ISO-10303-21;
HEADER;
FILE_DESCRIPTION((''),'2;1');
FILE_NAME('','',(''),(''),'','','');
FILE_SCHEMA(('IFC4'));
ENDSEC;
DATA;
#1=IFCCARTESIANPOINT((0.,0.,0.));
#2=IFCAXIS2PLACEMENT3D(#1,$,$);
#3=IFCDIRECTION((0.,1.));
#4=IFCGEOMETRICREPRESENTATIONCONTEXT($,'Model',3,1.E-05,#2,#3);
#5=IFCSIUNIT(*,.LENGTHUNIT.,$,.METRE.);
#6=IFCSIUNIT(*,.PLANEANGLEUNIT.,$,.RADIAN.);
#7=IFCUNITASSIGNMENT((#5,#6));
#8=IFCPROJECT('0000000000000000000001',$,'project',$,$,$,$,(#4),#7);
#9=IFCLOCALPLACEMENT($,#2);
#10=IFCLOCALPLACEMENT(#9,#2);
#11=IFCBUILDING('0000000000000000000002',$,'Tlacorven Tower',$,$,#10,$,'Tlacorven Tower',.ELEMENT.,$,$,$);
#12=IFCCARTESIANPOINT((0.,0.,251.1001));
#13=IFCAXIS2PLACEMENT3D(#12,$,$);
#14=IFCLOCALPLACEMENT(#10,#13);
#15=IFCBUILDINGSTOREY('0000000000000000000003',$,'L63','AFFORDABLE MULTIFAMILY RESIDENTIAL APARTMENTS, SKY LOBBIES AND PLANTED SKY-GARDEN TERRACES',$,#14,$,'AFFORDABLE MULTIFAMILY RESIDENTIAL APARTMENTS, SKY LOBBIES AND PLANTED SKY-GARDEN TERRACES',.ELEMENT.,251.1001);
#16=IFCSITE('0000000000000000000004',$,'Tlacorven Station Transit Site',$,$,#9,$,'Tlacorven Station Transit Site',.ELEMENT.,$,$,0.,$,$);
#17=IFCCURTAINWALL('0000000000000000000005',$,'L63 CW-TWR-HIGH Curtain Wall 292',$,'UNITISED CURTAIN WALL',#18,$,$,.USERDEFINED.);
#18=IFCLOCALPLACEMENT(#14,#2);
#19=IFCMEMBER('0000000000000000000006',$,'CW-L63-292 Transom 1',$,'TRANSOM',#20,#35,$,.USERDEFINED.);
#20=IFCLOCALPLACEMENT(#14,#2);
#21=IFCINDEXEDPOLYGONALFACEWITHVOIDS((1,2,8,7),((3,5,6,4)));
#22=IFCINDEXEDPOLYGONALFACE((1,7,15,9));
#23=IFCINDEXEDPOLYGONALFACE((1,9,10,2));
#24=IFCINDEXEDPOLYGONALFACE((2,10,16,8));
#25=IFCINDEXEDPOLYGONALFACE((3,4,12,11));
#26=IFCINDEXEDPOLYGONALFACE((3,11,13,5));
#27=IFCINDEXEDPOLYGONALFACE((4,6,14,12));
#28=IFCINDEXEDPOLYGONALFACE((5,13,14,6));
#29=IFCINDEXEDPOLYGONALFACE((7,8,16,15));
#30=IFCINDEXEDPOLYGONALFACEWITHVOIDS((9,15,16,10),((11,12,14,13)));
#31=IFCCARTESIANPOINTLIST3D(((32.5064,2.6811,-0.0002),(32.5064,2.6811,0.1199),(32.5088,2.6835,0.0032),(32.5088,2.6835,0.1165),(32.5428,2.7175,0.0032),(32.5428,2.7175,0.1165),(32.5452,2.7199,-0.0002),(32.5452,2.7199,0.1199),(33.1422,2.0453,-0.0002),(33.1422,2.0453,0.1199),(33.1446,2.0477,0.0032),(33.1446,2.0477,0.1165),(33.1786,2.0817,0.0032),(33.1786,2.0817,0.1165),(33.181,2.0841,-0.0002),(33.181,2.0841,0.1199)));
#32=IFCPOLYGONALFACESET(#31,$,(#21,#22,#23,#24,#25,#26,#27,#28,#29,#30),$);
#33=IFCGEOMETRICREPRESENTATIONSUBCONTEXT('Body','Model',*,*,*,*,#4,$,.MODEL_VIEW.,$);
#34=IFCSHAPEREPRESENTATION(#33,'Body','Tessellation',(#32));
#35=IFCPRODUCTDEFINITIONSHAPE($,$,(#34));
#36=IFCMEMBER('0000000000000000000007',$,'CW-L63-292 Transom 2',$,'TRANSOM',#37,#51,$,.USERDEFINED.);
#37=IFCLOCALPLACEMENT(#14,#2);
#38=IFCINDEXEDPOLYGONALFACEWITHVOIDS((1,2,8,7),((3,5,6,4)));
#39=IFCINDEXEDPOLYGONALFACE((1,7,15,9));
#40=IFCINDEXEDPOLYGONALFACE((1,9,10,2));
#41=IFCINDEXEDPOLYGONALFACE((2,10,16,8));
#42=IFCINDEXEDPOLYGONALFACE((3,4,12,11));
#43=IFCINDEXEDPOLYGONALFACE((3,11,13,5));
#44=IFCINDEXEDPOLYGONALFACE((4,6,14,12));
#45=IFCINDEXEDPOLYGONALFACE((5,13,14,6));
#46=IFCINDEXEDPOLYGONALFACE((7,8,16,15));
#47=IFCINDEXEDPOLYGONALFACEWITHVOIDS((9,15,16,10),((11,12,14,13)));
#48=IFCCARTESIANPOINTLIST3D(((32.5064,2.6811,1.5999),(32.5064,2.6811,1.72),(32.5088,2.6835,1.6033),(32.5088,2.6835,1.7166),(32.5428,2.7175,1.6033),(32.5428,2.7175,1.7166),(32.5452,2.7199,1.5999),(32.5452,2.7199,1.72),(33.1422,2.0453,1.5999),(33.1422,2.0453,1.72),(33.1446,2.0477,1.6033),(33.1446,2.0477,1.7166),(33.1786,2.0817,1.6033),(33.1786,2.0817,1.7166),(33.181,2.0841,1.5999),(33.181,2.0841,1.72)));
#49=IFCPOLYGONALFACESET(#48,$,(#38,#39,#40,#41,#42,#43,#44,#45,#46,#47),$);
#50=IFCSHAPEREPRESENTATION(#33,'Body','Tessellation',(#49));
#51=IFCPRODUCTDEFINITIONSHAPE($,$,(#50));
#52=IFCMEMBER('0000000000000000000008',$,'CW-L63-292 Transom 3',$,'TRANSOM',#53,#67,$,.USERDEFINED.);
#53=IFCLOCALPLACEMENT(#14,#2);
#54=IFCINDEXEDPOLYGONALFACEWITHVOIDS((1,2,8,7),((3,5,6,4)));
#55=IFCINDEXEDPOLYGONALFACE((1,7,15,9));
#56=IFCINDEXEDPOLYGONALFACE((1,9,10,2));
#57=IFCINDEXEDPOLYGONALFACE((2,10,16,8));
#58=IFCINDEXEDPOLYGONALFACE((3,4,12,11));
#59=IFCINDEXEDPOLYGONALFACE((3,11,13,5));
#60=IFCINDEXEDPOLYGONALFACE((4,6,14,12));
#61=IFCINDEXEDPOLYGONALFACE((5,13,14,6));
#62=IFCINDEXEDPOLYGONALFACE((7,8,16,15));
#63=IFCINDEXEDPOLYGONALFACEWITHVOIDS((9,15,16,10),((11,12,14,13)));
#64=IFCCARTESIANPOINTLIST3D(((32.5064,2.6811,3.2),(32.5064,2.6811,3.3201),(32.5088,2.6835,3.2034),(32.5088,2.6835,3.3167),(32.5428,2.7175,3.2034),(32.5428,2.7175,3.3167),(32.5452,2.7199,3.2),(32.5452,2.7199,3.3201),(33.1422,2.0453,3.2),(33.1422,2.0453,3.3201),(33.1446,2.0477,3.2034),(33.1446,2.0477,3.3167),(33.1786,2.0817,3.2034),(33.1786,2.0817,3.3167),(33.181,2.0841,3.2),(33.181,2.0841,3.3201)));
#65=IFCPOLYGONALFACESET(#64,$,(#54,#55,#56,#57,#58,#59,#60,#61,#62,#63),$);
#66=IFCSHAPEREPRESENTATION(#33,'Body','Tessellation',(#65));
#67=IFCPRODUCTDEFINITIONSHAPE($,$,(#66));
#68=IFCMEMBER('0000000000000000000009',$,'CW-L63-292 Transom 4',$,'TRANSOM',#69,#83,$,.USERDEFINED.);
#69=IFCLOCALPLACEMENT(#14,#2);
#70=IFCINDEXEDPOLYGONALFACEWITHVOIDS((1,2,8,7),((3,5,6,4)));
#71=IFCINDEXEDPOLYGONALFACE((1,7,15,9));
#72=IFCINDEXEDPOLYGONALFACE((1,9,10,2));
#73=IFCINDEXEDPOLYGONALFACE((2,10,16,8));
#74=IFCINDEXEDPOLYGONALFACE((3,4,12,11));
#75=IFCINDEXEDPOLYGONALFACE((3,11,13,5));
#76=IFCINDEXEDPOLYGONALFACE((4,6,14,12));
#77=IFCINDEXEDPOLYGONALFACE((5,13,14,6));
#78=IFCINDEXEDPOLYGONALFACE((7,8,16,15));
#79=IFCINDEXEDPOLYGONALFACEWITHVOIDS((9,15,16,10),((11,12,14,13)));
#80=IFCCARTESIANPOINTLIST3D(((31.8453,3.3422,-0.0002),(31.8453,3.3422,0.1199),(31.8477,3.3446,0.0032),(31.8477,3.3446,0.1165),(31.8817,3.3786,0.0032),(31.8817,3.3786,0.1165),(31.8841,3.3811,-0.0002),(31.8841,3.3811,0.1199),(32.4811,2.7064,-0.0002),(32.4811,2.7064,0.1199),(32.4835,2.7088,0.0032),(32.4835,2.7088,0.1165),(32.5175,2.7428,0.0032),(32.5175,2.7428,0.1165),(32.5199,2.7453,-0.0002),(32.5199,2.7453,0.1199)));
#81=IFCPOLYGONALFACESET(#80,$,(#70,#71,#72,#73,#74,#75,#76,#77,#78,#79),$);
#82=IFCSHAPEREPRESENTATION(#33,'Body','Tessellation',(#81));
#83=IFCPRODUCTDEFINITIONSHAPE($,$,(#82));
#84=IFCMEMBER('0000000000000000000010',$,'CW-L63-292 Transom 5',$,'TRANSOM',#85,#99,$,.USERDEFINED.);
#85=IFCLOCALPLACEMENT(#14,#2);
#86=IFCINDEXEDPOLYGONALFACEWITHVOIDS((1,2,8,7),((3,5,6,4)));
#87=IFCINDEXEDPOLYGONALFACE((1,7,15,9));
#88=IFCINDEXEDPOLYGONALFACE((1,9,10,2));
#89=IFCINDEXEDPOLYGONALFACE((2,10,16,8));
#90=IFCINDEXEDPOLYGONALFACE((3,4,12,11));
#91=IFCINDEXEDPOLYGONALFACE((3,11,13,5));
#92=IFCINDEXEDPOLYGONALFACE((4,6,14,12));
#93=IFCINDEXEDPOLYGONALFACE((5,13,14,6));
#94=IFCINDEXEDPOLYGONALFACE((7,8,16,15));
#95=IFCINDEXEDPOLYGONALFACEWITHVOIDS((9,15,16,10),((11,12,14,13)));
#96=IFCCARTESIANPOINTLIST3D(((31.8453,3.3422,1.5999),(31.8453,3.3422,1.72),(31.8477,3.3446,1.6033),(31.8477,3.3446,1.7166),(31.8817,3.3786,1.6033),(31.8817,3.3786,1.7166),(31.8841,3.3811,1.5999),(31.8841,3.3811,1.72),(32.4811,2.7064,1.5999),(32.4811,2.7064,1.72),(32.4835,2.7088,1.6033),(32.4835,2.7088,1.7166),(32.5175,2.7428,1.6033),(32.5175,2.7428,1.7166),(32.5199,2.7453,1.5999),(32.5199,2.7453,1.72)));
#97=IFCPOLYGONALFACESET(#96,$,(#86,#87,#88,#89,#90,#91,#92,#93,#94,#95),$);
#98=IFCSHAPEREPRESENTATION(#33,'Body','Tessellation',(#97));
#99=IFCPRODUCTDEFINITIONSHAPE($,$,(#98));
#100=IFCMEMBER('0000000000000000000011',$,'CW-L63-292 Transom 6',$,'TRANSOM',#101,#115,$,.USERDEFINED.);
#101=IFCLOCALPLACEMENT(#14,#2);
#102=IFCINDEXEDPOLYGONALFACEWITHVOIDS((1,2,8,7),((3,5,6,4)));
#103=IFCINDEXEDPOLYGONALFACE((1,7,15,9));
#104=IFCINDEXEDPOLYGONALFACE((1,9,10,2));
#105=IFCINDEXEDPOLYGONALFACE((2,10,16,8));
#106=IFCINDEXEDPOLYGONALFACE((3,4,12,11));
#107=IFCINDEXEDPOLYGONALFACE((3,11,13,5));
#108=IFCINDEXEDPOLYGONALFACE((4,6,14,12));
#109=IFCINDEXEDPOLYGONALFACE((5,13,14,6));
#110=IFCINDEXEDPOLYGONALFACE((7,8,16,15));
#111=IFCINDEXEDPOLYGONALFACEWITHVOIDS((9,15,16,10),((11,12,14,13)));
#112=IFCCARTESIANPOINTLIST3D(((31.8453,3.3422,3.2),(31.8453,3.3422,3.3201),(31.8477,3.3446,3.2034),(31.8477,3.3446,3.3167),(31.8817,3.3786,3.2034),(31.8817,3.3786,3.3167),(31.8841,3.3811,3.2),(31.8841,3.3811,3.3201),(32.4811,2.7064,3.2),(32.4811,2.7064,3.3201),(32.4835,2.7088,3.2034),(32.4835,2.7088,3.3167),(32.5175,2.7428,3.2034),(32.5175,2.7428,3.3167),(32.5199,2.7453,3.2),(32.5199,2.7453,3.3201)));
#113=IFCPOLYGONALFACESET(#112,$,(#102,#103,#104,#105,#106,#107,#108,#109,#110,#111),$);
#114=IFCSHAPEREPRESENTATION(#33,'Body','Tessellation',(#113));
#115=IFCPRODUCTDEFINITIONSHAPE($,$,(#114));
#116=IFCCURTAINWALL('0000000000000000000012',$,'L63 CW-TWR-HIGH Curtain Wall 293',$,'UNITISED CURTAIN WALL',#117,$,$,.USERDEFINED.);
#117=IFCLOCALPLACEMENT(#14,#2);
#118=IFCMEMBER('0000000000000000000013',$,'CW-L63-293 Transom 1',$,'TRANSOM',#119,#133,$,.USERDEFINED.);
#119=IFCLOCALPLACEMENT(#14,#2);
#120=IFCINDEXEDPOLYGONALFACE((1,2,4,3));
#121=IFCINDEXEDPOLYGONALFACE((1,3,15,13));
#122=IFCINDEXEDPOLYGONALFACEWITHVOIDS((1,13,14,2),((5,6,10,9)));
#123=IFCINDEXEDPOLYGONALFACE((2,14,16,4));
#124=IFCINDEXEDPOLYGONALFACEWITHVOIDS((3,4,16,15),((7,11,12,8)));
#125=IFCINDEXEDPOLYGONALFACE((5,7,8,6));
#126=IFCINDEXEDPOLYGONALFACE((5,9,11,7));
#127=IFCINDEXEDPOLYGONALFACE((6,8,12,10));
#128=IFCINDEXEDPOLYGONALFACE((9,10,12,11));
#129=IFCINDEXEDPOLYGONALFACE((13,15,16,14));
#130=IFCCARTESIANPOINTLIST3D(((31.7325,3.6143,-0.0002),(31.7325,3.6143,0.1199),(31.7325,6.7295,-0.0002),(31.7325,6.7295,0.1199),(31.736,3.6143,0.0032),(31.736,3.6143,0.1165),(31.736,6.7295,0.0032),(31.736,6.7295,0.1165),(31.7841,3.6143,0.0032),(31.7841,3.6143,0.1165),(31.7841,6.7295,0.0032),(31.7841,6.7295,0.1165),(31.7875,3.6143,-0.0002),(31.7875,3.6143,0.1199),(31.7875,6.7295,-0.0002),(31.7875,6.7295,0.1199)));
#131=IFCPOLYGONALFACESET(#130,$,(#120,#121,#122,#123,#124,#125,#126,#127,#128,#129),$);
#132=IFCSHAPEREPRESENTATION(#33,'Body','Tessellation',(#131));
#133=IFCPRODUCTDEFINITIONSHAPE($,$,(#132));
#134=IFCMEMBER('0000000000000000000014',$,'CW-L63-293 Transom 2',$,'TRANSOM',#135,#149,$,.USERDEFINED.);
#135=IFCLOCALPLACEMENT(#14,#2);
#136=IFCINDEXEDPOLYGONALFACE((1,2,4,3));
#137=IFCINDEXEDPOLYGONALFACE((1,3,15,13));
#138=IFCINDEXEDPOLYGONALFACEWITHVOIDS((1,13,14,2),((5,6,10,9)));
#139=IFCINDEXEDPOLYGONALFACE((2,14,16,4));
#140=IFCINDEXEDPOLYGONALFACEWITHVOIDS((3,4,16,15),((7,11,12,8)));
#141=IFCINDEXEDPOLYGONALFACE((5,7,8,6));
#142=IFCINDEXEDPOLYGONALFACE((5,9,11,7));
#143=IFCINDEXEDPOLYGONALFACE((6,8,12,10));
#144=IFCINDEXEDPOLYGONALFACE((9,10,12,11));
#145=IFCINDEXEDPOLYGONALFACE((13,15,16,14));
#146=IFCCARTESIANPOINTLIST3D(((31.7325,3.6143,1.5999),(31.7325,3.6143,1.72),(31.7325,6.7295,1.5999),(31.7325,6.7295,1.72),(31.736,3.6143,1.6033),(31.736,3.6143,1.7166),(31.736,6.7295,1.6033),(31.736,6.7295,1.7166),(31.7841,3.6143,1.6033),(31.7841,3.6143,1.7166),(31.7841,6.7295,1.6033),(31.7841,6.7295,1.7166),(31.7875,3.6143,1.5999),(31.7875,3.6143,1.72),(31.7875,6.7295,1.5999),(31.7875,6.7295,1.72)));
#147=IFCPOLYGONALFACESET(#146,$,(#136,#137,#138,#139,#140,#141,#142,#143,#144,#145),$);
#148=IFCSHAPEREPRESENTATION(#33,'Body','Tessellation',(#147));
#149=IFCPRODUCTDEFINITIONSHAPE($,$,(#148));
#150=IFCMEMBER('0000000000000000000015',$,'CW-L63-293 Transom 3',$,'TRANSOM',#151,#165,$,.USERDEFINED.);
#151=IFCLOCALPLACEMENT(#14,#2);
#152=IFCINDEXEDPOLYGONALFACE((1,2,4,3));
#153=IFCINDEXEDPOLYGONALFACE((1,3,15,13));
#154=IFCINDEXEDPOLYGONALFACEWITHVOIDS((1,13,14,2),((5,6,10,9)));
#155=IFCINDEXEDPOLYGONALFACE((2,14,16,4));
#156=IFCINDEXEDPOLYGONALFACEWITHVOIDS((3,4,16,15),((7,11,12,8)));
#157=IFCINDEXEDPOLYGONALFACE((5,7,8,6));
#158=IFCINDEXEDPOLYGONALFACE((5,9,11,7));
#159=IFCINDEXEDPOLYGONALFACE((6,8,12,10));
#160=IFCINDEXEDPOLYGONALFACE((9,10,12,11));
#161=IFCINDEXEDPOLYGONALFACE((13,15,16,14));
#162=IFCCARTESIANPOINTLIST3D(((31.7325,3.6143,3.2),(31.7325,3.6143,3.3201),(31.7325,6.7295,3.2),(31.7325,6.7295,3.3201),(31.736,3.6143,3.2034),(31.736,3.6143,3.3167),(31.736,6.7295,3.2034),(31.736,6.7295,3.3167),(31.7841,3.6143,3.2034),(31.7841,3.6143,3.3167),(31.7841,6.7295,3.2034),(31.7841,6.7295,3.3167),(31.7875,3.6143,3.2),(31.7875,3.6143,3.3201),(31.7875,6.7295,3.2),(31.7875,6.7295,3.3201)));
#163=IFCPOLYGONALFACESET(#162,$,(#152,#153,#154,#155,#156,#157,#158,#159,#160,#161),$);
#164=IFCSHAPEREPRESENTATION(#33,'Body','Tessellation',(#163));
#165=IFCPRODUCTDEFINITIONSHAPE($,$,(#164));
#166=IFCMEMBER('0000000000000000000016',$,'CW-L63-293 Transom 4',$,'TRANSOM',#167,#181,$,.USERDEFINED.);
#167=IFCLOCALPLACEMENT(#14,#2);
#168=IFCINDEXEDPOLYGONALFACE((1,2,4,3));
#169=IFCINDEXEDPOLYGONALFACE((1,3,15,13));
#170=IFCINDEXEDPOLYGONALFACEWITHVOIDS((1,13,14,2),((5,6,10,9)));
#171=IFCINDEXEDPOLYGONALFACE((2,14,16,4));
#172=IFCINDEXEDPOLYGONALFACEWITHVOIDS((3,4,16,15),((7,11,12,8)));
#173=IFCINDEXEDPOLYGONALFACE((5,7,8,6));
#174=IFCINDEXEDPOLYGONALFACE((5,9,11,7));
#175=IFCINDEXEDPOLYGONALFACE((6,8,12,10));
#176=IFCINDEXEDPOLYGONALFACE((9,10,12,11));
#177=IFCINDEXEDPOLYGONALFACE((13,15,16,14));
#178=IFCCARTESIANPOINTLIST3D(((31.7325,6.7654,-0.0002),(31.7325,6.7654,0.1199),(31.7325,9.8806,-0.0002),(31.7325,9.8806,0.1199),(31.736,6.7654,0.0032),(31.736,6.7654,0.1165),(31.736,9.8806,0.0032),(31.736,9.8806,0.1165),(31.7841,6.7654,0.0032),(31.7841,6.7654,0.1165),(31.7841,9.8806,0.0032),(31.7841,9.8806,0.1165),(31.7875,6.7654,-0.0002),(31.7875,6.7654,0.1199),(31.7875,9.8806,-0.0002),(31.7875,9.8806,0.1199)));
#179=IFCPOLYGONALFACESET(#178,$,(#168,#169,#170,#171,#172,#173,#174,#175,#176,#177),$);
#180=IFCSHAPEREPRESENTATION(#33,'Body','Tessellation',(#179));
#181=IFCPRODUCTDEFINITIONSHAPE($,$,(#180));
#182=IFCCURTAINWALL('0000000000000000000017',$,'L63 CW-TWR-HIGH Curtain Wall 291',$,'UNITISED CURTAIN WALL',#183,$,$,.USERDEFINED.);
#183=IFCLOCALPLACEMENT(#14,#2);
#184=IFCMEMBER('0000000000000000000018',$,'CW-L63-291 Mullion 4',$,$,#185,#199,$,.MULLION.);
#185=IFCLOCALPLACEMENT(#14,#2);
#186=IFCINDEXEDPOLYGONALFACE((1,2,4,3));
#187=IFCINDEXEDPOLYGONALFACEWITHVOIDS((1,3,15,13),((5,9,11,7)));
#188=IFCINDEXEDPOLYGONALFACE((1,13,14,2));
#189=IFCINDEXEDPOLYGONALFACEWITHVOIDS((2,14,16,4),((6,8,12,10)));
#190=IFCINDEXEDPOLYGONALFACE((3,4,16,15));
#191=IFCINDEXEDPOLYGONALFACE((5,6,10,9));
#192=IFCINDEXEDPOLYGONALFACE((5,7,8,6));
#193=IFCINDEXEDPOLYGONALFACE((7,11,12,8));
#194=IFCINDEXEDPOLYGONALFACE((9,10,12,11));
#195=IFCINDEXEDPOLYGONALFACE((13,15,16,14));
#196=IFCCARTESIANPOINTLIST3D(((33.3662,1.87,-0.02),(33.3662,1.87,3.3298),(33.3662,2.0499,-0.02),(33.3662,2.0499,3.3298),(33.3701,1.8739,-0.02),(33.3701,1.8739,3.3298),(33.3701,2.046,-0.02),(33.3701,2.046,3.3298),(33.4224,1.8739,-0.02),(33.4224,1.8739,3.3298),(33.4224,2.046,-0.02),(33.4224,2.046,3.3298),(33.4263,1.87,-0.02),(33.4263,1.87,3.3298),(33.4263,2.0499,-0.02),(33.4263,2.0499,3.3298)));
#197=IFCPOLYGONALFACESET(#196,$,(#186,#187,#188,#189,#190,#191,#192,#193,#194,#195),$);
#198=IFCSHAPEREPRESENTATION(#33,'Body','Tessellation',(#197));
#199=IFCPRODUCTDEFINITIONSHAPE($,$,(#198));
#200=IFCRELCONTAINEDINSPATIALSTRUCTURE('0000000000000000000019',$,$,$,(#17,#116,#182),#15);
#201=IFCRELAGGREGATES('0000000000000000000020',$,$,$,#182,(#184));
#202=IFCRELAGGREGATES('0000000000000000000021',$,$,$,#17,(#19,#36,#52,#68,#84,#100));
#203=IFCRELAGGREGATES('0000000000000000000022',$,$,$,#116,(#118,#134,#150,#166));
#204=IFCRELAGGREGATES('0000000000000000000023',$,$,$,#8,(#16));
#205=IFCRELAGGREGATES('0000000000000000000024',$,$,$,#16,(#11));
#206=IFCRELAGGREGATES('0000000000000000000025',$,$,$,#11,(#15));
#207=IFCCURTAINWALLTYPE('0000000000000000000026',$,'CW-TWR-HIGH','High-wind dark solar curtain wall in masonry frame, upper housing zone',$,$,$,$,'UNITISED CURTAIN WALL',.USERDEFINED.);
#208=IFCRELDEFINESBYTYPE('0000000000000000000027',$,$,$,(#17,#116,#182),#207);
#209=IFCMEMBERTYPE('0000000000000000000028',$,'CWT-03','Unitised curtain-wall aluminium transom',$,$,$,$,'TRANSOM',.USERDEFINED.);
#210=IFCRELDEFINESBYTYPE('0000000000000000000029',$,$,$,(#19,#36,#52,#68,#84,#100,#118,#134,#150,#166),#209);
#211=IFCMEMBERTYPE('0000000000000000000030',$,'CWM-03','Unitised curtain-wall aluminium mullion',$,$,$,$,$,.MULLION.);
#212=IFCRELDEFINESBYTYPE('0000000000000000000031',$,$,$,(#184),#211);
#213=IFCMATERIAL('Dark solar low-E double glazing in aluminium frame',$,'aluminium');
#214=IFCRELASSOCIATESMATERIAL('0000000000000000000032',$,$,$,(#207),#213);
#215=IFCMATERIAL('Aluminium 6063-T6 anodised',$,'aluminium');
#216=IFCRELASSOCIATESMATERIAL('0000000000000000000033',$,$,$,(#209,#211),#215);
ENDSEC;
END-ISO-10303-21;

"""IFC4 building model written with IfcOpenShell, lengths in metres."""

from ifc_helpers import new_model, si_unit, direction, frame, origin, origin_2d, place, context, subcontext, project, spatial, hollow_rectangle, extrude, source, transform, mapped, material, material_profile, profile_set, type_object, element, aggregate, save


model = new_model("IFC4")

# Units and contexts
model_context = context("Model", 3, precision=1e-05, world=origin(), true_north=direction((0.0, 1.0)))
body_context = subcontext(model_context, "Body", "Model", "MODEL_VIEW")
ifc_project = project(units=[si_unit("LENGTHUNIT", "METRE"), si_unit("PLANEANGLEUNIT", "RADIAN")], contexts=[model_context])

# Site, building, storey
site_placement = place(None, origin())
site = spatial("IfcSite", under=ifc_project, at=site_placement, Name="Tlacorven Station Transit Site", LongName="Tlacorven Station Transit Site", CompositionType="ELEMENT", RefElevation=0.0)
building_placement = place(site_placement, origin())
building = spatial("IfcBuilding", under=site, at=building_placement, Name="Tlacorven Tower", LongName="Tlacorven Tower", CompositionType="ELEMENT")
storey_placement = place(building_placement, frame((0.0, 0.0, 251.1001)))
storey = spatial("IfcBuildingStorey", under=building, at=storey_placement, Name="L63", Description="AFFORDABLE MULTIFAMILY RESIDENTIAL APARTMENTS, SKY LOBBIES AND PLANTED SKY-GARDEN TERRACES", LongName="AFFORDABLE MULTIFAMILY RESIDENTIAL APARTMENTS, SKY LOBBIES AND PLANTED SKY-GARDEN TERRACES", CompositionType="ELEMENT", Elevation=251.1001)

# Curtain walls, members
ifc_material_1 = material(Name="Dark solar low-E double glazing in aluminium frame", Category="aluminium")
curtain_wall_type = type_object("IfcCurtainWallType", Name="CW-TWR-HIGH", Description="High-wind dark solar curtain wall in masonry frame, upper housing zone", ElementType="UNITISED CURTAIN WALL", PredefinedType="USERDEFINED", material=ifc_material_1)
curtain_wall_1_placement = place(storey_placement, origin())
curtain_wall_1 = element("IfcCurtainWall", 1, at=curtain_wall_1_placement, inside=storey, type_object=curtain_wall_type, Name="L63 CW-TWR-HIGH Curtain Wall 292", ObjectType="UNITISED CURTAIN WALL", PredefinedType="USERDEFINED")
ifc_material_2 = material(Name="Aluminium 6063-T6 anodised", Category="aluminium")
ifc_material_profile_1 = material_profile(ifc_material_2, hollow_rectangle(XDim=0.0549, YDim=0.1201, WallThickness=0.0034, at=origin_2d()), Name="ALU TRANSOM 55X120")
ifc_profile_set_1 = profile_set([ifc_material_profile_1], Name="Aluminium 6063-T6 anodised")
member_type_1 = type_object("IfcMemberType", Name="CWT-03", Description="Unitised curtain-wall aluminium transom", ElementType="TRANSOM", PredefinedType="USERDEFINED", material=ifc_profile_set_1)
shared_shape_1 = source(origin(), body_context, "Body", "SweptSolid", [
    extrude(hollow_rectangle(XDim=0.0549, YDim=0.1201, WallThickness=0.0034, at=origin_2d()), origin(), (0.0, 0.0, 1.0), 0.8992),
])
member_1_placement = place(storey_placement, frame((33.1616, 2.0647, 0.0598), z_axis=(-0.707107, 0.707107, 0.0), x_axis=(-0.707107, -0.707107, 0.0)))
member_1 = element("IfcMember", 2, at=member_1_placement, type_object=member_type_1, Name="CW-L63-292 Transom 1", ObjectType="TRANSOM", PredefinedType="USERDEFINED", context=body_context, shape_type="MappedRepresentation", body=[
    mapped(shared_shape_1, transform((0.0, 0.0, 0.0), scale=1.0)),
])
member_2_placement = place(storey_placement, frame((33.1616, 2.0647, 1.6599), z_axis=(-0.707107, 0.707107, 0.0), x_axis=(-0.707107, -0.707107, 0.0)))
member_2 = element("IfcMember", 3, at=member_2_placement, type_object=member_type_1, Name="CW-L63-292 Transom 2", ObjectType="TRANSOM", PredefinedType="USERDEFINED", context=body_context, shape_type="MappedRepresentation", body=[
    mapped(shared_shape_1, transform((0.0, 0.0, 0.0), scale=1.0)),
])
member_3_placement = place(storey_placement, frame((33.1616, 2.0647, 3.26), z_axis=(-0.707107, 0.707107, 0.0), x_axis=(-0.707107, -0.707107, 0.0)))
member_3 = element("IfcMember", 4, at=member_3_placement, type_object=member_type_1, Name="CW-L63-292 Transom 3", ObjectType="TRANSOM", PredefinedType="USERDEFINED", context=body_context, shape_type="MappedRepresentation", body=[
    mapped(shared_shape_1, transform((0.0, 0.0, 0.0), scale=1.0)),
])
member_4_placement = place(storey_placement, frame((32.5005, 2.7258, 0.0598), z_axis=(-0.707107, 0.707107, 0.0), x_axis=(-0.707107, -0.707107, 0.0)))
member_4 = element("IfcMember", 5, at=member_4_placement, type_object=member_type_1, Name="CW-L63-292 Transom 4", ObjectType="TRANSOM", PredefinedType="USERDEFINED", context=body_context, shape_type="MappedRepresentation", body=[
    mapped(shared_shape_1, transform((0.0, 0.0, 0.0), scale=1.0)),
])
member_5_placement = place(storey_placement, frame((32.5005, 2.7258, 1.6599), z_axis=(-0.707107, 0.707107, 0.0), x_axis=(-0.707107, -0.707107, 0.0)))
member_5 = element("IfcMember", 6, at=member_5_placement, type_object=member_type_1, Name="CW-L63-292 Transom 5", ObjectType="TRANSOM", PredefinedType="USERDEFINED", context=body_context, shape_type="MappedRepresentation", body=[
    mapped(shared_shape_1, transform((0.0, 0.0, 0.0), scale=1.0)),
])
member_6_placement = place(storey_placement, frame((32.5005, 2.7258, 3.26), z_axis=(-0.707107, 0.707107, 0.0), x_axis=(-0.707107, -0.707107, 0.0)))
member_6 = element("IfcMember", 7, at=member_6_placement, type_object=member_type_1, Name="CW-L63-292 Transom 6", ObjectType="TRANSOM", PredefinedType="USERDEFINED", context=body_context, shape_type="MappedRepresentation", body=[
    mapped(shared_shape_1, transform((0.0, 0.0, 0.0), scale=1.0)),
])
curtain_wall_2_placement = place(storey_placement, origin())
curtain_wall_2 = element("IfcCurtainWall", 8, at=curtain_wall_2_placement, inside=storey, type_object=curtain_wall_type, Name="L63 CW-TWR-HIGH Curtain Wall 293", ObjectType="UNITISED CURTAIN WALL", PredefinedType="USERDEFINED")
shared_shape_2 = source(origin(), body_context, "Body", "SweptSolid", [
    extrude(hollow_rectangle(XDim=0.0549, YDim=0.1201, WallThickness=0.0034, at=origin_2d()), origin(), (0.0, 0.0, 1.0), 3.1152),
])
member_7_placement = place(storey_placement, frame((31.76, 3.6143, 0.0598), z_axis=(0.0, 1.0, 0.0), x_axis=(-1.0, 0.0, 0.0)))
member_7 = element("IfcMember", 9, at=member_7_placement, type_object=member_type_1, Name="CW-L63-293 Transom 1", ObjectType="TRANSOM", PredefinedType="USERDEFINED", context=body_context, shape_type="MappedRepresentation", body=[
    mapped(shared_shape_2, transform((0.0, 0.0, 0.0), scale=1.0)),
])
member_8_placement = place(storey_placement, frame((31.76, 3.6143, 1.6599), z_axis=(0.0, 1.0, 0.0), x_axis=(-1.0, 0.0, 0.0)))
member_8 = element("IfcMember", 10, at=member_8_placement, type_object=member_type_1, Name="CW-L63-293 Transom 2", ObjectType="TRANSOM", PredefinedType="USERDEFINED", context=body_context, shape_type="MappedRepresentation", body=[
    mapped(shared_shape_2, transform((0.0, 0.0, 0.0), scale=1.0)),
])
member_9_placement = place(storey_placement, frame((31.76, 3.6143, 3.26), z_axis=(0.0, 1.0, 0.0), x_axis=(-1.0, 0.0, 0.0)))
member_9 = element("IfcMember", 11, at=member_9_placement, type_object=member_type_1, Name="CW-L63-293 Transom 3", ObjectType="TRANSOM", PredefinedType="USERDEFINED", context=body_context, shape_type="MappedRepresentation", body=[
    mapped(shared_shape_2, transform((0.0, 0.0, 0.0), scale=1.0)),
])
member_10_placement = place(storey_placement, frame((31.76, 6.7654, 0.0598), z_axis=(0.0, 1.0, 0.0), x_axis=(-1.0, 0.0, 0.0)))
member_10 = element("IfcMember", 12, at=member_10_placement, type_object=member_type_1, Name="CW-L63-293 Transom 4", ObjectType="TRANSOM", PredefinedType="USERDEFINED", context=body_context, shape_type="MappedRepresentation", body=[
    mapped(shared_shape_2, transform((0.0, 0.0, 0.0), scale=1.0)),
])

# Curtain wall, member
curtain_wall_3_placement = place(storey_placement, origin())
curtain_wall_3 = element("IfcCurtainWall", 13, at=curtain_wall_3_placement, inside=storey, type_object=curtain_wall_type, Name="L63 CW-TWR-HIGH Curtain Wall 291", ObjectType="UNITISED CURTAIN WALL", PredefinedType="USERDEFINED")
ifc_material_profile_2 = material_profile(ifc_material_2, hollow_rectangle(XDim=0.0601, YDim=0.1799, WallThickness=0.0039, at=origin_2d()), Name="ALU MULLION 60X180")
ifc_profile_set_2 = profile_set([ifc_material_profile_2], Name="Aluminium 6063-T6 anodised")
member_type_2 = type_object("IfcMemberType", Name="CWM-03", Description="Unitised curtain-wall aluminium mullion", PredefinedType="MULLION", material=ifc_profile_set_2)
shared_shape_3 = source(origin(), body_context, "Body", "SweptSolid", [
    extrude(hollow_rectangle(XDim=0.0601, YDim=0.1799, WallThickness=0.0039, at=origin_2d()), origin(), (0.0, 0.0, 1.0), 3.3499),
])
member_11_placement = place(storey_placement, frame((33.3962, 1.96, -0.02), z_axis=(0.0, 0.0, 1.0), x_axis=(-1.0, 0.0, 0.0)))
member_11 = element("IfcMember", 14, at=member_11_placement, type_object=member_type_2, Name="CW-L63-291 Mullion 4", PredefinedType="MULLION", context=body_context, shape_type="MappedRepresentation", body=[
    mapped(shared_shape_3, transform((0.0, 0.0, 0.0), scale=1.0)),
])
aggregate(curtain_wall_3, [member_11])

aggregate(curtain_wall_1, [member_1, member_2, member_3, member_4, member_5, member_6])
aggregate(curtain_wall_2, [member_7, member_8, member_9, member_10])

save(model, "model.ifc")
